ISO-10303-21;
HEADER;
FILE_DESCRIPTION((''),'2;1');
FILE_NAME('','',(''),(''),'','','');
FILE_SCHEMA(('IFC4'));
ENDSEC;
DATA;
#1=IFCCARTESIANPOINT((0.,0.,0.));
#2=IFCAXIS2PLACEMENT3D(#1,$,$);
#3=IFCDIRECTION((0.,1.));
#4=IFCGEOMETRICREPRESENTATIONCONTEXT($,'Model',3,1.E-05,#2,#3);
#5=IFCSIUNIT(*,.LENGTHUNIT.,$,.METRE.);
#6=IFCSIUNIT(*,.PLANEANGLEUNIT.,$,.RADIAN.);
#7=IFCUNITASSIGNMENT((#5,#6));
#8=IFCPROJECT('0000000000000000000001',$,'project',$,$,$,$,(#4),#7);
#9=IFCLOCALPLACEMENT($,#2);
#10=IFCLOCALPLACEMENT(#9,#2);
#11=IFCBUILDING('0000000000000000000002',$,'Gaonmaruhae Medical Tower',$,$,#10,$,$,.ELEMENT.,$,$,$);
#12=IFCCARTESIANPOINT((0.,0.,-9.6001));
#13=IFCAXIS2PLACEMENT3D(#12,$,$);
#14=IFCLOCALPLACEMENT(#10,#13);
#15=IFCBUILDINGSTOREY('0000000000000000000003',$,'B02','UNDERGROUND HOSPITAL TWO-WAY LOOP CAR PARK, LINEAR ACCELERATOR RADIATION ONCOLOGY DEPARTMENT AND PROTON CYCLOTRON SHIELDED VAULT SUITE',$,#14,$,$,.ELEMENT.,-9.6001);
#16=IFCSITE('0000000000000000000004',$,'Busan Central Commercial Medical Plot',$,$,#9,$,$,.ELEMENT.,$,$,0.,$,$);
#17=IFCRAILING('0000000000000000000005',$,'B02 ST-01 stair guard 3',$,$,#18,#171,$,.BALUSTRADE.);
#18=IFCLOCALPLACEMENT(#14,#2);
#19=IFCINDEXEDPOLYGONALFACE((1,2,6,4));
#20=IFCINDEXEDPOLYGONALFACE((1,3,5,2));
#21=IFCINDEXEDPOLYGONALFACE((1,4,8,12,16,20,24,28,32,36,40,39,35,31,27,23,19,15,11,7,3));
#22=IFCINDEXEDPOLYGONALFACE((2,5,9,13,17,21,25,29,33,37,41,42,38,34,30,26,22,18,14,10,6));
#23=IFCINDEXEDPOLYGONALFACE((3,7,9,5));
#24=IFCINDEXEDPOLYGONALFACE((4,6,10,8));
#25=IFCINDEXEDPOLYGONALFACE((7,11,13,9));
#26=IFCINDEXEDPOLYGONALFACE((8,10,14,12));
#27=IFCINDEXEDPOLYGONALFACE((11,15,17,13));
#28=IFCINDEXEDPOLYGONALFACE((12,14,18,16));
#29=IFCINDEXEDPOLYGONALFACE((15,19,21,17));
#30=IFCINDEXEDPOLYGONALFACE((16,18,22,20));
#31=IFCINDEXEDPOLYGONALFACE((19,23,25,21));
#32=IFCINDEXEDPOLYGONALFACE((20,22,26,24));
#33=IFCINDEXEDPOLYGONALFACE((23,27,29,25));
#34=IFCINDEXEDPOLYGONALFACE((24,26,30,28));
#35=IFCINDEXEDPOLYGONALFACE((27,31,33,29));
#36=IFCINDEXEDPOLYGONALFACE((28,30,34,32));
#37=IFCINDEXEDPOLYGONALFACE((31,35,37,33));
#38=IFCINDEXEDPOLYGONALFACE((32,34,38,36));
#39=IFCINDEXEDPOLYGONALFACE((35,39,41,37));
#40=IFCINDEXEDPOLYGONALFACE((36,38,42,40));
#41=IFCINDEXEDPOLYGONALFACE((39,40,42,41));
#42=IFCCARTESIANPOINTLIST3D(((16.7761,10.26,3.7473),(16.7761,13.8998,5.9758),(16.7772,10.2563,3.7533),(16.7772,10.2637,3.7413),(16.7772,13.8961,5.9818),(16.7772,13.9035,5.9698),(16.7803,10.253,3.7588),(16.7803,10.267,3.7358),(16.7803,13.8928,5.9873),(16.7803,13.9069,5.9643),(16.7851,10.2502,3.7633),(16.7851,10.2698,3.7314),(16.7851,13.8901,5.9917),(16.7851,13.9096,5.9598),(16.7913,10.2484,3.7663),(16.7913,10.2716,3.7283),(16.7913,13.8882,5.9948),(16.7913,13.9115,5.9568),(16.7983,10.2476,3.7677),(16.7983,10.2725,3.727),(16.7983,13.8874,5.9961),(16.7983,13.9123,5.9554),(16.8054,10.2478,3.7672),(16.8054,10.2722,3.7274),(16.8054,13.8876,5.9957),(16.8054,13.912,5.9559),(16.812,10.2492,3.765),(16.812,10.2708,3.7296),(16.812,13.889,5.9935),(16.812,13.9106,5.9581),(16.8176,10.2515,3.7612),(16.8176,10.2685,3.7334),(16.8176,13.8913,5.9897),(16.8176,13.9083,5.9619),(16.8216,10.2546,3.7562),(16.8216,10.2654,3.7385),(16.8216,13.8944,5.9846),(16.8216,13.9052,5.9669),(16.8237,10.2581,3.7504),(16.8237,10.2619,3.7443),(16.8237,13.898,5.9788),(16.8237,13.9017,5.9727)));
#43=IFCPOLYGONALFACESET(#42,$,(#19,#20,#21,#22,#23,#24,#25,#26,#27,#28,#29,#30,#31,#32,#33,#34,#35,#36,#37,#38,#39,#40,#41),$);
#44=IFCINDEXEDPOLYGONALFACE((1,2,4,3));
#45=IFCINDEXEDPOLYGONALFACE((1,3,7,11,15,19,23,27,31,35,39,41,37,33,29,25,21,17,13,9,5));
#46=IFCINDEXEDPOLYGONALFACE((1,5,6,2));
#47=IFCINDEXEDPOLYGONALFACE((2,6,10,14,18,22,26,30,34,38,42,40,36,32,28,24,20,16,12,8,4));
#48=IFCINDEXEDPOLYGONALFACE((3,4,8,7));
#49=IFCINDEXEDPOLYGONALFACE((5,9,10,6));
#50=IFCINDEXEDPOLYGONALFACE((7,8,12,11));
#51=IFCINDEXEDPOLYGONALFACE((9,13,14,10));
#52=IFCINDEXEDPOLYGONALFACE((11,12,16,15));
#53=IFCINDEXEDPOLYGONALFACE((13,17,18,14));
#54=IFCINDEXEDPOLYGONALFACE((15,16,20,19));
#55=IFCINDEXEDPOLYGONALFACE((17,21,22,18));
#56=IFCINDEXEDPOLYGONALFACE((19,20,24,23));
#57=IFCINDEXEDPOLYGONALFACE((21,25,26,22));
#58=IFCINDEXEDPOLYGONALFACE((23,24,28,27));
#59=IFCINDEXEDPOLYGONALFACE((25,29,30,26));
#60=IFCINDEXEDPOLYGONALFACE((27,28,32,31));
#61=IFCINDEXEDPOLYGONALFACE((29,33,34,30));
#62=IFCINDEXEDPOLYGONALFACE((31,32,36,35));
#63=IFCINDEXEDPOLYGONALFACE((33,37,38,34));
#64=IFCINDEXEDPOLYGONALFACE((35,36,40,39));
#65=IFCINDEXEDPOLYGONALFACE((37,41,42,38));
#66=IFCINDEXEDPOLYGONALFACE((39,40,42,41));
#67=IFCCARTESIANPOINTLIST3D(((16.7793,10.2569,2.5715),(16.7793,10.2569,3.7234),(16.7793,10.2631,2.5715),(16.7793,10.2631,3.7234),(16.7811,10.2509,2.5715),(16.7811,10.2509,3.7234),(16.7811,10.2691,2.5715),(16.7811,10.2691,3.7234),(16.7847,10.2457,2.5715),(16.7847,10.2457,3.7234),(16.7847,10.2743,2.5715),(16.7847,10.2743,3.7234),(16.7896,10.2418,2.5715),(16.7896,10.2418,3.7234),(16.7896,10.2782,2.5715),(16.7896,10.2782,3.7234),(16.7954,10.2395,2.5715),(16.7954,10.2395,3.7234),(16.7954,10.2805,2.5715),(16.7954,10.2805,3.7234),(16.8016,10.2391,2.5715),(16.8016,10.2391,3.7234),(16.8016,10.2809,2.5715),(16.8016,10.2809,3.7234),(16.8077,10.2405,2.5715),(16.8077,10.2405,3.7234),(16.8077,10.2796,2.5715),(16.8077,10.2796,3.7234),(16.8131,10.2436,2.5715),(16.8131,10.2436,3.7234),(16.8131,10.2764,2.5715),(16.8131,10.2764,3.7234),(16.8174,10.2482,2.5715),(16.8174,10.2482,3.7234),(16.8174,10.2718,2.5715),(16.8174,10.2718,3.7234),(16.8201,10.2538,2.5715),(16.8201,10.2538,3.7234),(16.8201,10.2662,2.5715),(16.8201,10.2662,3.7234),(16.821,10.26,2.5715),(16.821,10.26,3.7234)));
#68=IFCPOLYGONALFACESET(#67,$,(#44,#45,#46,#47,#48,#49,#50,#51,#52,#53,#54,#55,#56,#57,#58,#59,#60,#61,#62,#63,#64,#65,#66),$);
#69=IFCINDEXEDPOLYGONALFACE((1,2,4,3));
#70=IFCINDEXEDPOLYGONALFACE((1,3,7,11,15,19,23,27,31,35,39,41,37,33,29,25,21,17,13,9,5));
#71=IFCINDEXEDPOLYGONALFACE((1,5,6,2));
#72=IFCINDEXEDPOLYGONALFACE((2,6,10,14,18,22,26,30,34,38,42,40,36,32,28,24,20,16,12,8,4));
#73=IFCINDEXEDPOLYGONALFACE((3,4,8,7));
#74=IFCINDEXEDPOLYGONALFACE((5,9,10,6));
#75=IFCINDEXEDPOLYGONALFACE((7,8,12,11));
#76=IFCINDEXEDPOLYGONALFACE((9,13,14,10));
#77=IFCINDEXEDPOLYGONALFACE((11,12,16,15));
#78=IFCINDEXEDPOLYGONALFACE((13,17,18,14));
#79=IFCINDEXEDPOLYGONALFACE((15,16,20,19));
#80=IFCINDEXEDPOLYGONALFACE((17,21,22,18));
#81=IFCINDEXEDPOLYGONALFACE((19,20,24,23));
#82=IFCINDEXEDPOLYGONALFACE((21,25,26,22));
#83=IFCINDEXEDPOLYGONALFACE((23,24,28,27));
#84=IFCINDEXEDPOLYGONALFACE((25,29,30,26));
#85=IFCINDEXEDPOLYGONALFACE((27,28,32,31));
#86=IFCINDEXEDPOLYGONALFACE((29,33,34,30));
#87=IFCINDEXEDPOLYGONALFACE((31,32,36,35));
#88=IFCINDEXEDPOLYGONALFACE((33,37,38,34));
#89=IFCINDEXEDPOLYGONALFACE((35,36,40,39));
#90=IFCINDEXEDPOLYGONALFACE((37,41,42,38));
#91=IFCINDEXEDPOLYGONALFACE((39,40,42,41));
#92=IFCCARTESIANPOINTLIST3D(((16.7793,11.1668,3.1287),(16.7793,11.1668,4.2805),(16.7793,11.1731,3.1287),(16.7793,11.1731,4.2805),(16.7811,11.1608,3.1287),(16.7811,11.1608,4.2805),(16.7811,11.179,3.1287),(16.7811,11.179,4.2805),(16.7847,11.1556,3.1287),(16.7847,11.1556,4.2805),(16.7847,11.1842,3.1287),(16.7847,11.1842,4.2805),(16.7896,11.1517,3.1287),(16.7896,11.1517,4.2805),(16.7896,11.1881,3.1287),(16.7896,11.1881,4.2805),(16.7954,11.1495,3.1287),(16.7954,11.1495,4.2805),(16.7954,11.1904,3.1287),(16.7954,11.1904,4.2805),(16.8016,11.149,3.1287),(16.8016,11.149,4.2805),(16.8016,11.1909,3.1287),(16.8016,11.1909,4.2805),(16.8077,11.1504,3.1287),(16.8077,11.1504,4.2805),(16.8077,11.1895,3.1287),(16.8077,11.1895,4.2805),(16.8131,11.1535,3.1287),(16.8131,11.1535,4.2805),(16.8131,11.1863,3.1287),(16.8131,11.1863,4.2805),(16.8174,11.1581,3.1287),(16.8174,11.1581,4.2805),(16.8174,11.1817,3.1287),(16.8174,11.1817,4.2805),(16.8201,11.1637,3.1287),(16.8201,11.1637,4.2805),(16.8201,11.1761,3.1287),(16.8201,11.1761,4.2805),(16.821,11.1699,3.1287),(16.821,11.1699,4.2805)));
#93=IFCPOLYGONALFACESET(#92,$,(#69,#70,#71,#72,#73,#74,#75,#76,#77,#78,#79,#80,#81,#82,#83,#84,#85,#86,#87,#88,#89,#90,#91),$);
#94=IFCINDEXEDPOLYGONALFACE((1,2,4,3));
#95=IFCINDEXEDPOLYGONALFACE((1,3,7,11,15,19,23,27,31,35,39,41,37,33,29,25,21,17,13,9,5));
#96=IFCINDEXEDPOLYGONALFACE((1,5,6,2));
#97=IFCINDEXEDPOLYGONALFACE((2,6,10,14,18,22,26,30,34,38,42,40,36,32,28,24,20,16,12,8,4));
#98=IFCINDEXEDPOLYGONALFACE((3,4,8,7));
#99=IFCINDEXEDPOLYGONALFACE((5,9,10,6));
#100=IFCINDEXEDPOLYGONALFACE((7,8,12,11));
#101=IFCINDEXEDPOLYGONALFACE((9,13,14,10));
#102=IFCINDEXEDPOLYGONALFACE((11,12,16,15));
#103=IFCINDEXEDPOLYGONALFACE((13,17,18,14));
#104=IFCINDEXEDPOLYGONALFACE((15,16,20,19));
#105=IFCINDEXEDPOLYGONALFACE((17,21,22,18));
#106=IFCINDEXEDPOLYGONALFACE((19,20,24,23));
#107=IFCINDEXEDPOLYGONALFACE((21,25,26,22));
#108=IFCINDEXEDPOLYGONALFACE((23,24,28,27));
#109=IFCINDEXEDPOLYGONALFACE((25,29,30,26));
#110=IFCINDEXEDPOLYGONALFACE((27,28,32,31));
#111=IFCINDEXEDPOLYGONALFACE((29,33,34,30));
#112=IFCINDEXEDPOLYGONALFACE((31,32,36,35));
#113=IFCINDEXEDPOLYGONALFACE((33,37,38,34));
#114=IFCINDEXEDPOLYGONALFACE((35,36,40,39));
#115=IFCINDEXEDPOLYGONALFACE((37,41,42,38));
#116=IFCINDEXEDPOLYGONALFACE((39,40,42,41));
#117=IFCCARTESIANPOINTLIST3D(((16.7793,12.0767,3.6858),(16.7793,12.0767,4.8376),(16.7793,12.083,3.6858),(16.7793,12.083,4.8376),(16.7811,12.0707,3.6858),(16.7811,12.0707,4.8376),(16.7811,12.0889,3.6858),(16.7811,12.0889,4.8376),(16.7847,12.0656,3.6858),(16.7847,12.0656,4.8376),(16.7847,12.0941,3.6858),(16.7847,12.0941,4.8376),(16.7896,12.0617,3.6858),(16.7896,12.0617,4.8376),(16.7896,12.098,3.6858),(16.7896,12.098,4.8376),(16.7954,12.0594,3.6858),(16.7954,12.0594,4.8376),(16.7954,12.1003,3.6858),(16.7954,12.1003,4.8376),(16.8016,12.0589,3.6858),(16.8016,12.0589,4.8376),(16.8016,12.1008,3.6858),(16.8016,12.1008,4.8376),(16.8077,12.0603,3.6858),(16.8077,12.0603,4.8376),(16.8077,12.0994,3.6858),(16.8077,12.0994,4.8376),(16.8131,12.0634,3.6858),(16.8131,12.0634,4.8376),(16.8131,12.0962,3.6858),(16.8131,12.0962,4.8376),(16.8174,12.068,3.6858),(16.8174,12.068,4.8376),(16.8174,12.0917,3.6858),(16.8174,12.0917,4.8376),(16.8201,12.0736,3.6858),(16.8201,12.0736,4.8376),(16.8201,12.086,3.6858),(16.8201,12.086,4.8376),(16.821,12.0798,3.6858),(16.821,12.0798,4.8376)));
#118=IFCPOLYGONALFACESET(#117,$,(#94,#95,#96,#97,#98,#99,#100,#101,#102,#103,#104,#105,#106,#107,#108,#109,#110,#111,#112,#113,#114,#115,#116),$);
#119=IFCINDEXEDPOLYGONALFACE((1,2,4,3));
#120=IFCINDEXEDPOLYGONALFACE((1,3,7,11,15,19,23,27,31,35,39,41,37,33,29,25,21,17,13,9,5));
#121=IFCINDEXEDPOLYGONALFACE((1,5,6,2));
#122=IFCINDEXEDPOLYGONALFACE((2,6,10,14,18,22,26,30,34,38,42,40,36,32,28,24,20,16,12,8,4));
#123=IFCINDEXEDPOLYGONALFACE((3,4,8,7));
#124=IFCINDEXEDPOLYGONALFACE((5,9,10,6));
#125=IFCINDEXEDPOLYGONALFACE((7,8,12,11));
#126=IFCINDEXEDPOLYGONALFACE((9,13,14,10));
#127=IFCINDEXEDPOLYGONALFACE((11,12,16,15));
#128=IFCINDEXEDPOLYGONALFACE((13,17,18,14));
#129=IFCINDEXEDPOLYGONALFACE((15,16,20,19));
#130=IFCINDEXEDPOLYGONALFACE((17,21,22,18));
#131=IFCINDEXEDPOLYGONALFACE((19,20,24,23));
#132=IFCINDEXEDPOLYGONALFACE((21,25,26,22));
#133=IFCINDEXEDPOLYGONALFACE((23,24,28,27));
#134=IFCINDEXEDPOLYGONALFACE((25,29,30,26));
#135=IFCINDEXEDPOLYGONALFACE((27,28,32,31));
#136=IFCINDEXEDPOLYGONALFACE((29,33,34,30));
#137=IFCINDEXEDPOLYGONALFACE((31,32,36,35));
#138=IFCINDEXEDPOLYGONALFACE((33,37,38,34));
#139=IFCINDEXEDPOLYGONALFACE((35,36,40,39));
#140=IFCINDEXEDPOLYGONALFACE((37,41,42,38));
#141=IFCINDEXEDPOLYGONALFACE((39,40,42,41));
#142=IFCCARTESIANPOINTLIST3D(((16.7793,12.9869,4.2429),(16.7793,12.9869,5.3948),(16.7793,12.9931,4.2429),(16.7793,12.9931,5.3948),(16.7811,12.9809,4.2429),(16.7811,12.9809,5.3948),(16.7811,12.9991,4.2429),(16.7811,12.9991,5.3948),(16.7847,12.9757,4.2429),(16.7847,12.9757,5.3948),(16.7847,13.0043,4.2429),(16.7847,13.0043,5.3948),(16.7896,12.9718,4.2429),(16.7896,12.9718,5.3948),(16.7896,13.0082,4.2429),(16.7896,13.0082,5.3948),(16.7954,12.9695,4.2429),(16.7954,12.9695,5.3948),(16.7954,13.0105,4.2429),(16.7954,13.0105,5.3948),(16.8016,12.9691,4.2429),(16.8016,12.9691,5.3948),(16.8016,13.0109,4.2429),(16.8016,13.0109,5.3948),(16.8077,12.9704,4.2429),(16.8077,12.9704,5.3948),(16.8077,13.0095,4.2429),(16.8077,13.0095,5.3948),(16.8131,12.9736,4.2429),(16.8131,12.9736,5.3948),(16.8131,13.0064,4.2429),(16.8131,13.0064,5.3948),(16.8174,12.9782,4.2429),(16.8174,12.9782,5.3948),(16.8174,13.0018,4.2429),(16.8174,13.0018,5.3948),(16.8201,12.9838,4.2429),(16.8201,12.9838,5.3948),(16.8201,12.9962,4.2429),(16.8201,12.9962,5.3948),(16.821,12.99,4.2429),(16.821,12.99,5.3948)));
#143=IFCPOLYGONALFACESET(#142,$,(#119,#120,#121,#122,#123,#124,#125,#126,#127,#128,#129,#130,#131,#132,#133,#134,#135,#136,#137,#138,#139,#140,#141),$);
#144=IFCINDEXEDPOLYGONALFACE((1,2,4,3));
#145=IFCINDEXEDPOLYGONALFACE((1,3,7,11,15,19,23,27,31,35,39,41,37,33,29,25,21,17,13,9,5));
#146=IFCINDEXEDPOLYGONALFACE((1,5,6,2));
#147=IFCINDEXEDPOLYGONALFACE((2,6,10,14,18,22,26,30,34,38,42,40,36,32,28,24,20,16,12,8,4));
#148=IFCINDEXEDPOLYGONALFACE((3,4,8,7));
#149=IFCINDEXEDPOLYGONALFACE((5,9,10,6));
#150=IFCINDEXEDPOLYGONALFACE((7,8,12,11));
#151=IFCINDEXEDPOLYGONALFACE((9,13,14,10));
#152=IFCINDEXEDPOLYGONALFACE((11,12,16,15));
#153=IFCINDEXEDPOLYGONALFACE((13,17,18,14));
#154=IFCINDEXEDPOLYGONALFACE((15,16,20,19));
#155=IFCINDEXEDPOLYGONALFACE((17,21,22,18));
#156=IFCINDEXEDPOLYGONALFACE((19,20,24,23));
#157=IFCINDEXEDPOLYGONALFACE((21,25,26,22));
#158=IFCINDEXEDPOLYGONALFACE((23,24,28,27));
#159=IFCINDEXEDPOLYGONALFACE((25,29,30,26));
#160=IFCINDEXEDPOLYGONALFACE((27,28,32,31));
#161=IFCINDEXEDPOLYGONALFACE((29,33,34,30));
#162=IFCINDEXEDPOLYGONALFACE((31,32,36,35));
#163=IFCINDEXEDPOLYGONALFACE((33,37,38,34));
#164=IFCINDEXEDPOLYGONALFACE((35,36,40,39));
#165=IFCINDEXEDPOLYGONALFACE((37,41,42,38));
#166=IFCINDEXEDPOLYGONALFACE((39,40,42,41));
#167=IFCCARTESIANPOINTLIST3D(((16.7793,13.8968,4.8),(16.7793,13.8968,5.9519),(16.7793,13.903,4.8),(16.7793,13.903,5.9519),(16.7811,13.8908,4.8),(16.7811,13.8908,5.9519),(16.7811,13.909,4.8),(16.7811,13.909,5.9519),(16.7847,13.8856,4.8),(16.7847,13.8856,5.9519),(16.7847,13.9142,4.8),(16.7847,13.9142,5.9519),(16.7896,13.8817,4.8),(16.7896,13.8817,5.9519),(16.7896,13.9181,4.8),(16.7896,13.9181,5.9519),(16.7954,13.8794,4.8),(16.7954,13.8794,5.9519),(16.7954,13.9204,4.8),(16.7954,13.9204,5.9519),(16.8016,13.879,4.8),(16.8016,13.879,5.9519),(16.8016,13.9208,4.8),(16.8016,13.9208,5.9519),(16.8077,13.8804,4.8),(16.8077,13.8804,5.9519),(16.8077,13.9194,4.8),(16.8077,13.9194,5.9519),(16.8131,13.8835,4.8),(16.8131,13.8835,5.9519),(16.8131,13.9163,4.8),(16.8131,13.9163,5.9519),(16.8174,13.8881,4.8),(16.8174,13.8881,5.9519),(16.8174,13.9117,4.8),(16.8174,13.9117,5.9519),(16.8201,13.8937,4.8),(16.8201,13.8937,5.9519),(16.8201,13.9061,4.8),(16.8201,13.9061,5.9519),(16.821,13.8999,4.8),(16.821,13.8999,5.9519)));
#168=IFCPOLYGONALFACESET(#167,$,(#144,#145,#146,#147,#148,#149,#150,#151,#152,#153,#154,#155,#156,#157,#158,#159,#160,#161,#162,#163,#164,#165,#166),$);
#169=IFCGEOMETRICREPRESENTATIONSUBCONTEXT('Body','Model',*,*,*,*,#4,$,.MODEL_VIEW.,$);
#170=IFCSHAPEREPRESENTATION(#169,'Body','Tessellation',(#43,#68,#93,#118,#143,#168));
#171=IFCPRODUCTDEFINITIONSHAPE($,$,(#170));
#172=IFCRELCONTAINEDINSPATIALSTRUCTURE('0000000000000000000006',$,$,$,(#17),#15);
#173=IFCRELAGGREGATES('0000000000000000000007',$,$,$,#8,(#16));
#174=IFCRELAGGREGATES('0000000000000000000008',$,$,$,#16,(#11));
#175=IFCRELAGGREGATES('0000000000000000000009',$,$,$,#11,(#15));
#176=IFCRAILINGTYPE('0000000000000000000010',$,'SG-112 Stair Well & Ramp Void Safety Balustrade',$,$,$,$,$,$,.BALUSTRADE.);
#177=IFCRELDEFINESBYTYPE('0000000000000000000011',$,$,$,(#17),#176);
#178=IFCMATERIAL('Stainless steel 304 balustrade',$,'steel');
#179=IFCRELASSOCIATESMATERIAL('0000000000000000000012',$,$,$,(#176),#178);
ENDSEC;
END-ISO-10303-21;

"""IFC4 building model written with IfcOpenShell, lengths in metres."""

from ifc_helpers import new_model, si_unit, direction, frame, origin, origin_2d, place, context, subcontext, project, spatial, circle, extrude, material, type_object, element, save


model = new_model("IFC4")

# Units and contexts
model_context = context("Model", 3, precision=1e-05, world=origin(), true_north=direction((0.0, 1.0)))
body_context = subcontext(model_context, "Body", "Model", "MODEL_VIEW")
ifc_project = project(units=[si_unit("LENGTHUNIT", "METRE"), si_unit("PLANEANGLEUNIT", "RADIAN")], contexts=[model_context])

# Site, building, storey
site_placement = place(None, origin())
site = spatial("IfcSite", under=ifc_project, at=site_placement, Name="Busan Central Commercial Medical Plot", CompositionType="ELEMENT", RefElevation=0.0)
building_placement = place(site_placement, origin())
building = spatial("IfcBuilding", under=site, at=building_placement, Name="Gaonmaruhae Medical Tower", CompositionType="ELEMENT")
storey_placement = place(building_placement, frame((0.0, 0.0, -9.6001)))
storey = spatial("IfcBuildingStorey", under=building, at=storey_placement, Name="B02", Description="UNDERGROUND HOSPITAL TWO-WAY LOOP CAR PARK, LINEAR ACCELERATOR RADIATION ONCOLOGY DEPARTMENT AND PROTON CYCLOTRON SHIELDED VAULT SUITE", CompositionType="ELEMENT", Elevation=-9.6001)

# Railing
ifc_material_1 = material(Name="Stainless steel 304 balustrade", Category="steel")
railing_type_1 = type_object("IfcRailingType", Name="SG-112 Stair Well & Ramp Void Safety Balustrade", PredefinedType="BALUSTRADE", material=ifc_material_1)
railing_1_placement = place(storey_placement, frame((16.8, 10.26, 2.5715)))
element("IfcRailing", 1, at=railing_1_placement, inside=storey, type_object=railing_type_1, Name="B02 ST-01 stair guard 3", PredefinedType="BALUSTRADE", context=body_context, shape_type="SweptSolid", body=[
    extrude(circle(Radius=0.0239, at=origin_2d()), frame((0.0, 0.0, 1.1758), z_axis=(0.0, 0.85285, 0.522156), x_axis=(-1.0, 0.0, 0.0)), (0.0, 0.0, 1.0), 4.2678),
    extrude(circle(Radius=0.021, at=origin_2d()), origin(), (0.0, 0.0, 1.0), 1.1519),
    extrude(circle(Radius=0.021, at=origin_2d()), frame((0.0, 0.9099, 0.5571)), (0.0, 0.0, 1.0), 1.1519),
    extrude(circle(Radius=0.021, at=origin_2d()), frame((0.0, 1.8198, 1.1143)), (0.0, 0.0, 1.0), 1.1519),
    extrude(circle(Radius=0.021, at=origin_2d()), frame((0.0, 2.73, 1.6714)), (0.0, 0.0, 1.0), 1.1519),
    extrude(circle(Radius=0.021, at=origin_2d()), frame((0.0, 3.6399, 2.2285)), (0.0, 0.0, 1.0), 1.1519),
])

save(model, "model.ifc")
